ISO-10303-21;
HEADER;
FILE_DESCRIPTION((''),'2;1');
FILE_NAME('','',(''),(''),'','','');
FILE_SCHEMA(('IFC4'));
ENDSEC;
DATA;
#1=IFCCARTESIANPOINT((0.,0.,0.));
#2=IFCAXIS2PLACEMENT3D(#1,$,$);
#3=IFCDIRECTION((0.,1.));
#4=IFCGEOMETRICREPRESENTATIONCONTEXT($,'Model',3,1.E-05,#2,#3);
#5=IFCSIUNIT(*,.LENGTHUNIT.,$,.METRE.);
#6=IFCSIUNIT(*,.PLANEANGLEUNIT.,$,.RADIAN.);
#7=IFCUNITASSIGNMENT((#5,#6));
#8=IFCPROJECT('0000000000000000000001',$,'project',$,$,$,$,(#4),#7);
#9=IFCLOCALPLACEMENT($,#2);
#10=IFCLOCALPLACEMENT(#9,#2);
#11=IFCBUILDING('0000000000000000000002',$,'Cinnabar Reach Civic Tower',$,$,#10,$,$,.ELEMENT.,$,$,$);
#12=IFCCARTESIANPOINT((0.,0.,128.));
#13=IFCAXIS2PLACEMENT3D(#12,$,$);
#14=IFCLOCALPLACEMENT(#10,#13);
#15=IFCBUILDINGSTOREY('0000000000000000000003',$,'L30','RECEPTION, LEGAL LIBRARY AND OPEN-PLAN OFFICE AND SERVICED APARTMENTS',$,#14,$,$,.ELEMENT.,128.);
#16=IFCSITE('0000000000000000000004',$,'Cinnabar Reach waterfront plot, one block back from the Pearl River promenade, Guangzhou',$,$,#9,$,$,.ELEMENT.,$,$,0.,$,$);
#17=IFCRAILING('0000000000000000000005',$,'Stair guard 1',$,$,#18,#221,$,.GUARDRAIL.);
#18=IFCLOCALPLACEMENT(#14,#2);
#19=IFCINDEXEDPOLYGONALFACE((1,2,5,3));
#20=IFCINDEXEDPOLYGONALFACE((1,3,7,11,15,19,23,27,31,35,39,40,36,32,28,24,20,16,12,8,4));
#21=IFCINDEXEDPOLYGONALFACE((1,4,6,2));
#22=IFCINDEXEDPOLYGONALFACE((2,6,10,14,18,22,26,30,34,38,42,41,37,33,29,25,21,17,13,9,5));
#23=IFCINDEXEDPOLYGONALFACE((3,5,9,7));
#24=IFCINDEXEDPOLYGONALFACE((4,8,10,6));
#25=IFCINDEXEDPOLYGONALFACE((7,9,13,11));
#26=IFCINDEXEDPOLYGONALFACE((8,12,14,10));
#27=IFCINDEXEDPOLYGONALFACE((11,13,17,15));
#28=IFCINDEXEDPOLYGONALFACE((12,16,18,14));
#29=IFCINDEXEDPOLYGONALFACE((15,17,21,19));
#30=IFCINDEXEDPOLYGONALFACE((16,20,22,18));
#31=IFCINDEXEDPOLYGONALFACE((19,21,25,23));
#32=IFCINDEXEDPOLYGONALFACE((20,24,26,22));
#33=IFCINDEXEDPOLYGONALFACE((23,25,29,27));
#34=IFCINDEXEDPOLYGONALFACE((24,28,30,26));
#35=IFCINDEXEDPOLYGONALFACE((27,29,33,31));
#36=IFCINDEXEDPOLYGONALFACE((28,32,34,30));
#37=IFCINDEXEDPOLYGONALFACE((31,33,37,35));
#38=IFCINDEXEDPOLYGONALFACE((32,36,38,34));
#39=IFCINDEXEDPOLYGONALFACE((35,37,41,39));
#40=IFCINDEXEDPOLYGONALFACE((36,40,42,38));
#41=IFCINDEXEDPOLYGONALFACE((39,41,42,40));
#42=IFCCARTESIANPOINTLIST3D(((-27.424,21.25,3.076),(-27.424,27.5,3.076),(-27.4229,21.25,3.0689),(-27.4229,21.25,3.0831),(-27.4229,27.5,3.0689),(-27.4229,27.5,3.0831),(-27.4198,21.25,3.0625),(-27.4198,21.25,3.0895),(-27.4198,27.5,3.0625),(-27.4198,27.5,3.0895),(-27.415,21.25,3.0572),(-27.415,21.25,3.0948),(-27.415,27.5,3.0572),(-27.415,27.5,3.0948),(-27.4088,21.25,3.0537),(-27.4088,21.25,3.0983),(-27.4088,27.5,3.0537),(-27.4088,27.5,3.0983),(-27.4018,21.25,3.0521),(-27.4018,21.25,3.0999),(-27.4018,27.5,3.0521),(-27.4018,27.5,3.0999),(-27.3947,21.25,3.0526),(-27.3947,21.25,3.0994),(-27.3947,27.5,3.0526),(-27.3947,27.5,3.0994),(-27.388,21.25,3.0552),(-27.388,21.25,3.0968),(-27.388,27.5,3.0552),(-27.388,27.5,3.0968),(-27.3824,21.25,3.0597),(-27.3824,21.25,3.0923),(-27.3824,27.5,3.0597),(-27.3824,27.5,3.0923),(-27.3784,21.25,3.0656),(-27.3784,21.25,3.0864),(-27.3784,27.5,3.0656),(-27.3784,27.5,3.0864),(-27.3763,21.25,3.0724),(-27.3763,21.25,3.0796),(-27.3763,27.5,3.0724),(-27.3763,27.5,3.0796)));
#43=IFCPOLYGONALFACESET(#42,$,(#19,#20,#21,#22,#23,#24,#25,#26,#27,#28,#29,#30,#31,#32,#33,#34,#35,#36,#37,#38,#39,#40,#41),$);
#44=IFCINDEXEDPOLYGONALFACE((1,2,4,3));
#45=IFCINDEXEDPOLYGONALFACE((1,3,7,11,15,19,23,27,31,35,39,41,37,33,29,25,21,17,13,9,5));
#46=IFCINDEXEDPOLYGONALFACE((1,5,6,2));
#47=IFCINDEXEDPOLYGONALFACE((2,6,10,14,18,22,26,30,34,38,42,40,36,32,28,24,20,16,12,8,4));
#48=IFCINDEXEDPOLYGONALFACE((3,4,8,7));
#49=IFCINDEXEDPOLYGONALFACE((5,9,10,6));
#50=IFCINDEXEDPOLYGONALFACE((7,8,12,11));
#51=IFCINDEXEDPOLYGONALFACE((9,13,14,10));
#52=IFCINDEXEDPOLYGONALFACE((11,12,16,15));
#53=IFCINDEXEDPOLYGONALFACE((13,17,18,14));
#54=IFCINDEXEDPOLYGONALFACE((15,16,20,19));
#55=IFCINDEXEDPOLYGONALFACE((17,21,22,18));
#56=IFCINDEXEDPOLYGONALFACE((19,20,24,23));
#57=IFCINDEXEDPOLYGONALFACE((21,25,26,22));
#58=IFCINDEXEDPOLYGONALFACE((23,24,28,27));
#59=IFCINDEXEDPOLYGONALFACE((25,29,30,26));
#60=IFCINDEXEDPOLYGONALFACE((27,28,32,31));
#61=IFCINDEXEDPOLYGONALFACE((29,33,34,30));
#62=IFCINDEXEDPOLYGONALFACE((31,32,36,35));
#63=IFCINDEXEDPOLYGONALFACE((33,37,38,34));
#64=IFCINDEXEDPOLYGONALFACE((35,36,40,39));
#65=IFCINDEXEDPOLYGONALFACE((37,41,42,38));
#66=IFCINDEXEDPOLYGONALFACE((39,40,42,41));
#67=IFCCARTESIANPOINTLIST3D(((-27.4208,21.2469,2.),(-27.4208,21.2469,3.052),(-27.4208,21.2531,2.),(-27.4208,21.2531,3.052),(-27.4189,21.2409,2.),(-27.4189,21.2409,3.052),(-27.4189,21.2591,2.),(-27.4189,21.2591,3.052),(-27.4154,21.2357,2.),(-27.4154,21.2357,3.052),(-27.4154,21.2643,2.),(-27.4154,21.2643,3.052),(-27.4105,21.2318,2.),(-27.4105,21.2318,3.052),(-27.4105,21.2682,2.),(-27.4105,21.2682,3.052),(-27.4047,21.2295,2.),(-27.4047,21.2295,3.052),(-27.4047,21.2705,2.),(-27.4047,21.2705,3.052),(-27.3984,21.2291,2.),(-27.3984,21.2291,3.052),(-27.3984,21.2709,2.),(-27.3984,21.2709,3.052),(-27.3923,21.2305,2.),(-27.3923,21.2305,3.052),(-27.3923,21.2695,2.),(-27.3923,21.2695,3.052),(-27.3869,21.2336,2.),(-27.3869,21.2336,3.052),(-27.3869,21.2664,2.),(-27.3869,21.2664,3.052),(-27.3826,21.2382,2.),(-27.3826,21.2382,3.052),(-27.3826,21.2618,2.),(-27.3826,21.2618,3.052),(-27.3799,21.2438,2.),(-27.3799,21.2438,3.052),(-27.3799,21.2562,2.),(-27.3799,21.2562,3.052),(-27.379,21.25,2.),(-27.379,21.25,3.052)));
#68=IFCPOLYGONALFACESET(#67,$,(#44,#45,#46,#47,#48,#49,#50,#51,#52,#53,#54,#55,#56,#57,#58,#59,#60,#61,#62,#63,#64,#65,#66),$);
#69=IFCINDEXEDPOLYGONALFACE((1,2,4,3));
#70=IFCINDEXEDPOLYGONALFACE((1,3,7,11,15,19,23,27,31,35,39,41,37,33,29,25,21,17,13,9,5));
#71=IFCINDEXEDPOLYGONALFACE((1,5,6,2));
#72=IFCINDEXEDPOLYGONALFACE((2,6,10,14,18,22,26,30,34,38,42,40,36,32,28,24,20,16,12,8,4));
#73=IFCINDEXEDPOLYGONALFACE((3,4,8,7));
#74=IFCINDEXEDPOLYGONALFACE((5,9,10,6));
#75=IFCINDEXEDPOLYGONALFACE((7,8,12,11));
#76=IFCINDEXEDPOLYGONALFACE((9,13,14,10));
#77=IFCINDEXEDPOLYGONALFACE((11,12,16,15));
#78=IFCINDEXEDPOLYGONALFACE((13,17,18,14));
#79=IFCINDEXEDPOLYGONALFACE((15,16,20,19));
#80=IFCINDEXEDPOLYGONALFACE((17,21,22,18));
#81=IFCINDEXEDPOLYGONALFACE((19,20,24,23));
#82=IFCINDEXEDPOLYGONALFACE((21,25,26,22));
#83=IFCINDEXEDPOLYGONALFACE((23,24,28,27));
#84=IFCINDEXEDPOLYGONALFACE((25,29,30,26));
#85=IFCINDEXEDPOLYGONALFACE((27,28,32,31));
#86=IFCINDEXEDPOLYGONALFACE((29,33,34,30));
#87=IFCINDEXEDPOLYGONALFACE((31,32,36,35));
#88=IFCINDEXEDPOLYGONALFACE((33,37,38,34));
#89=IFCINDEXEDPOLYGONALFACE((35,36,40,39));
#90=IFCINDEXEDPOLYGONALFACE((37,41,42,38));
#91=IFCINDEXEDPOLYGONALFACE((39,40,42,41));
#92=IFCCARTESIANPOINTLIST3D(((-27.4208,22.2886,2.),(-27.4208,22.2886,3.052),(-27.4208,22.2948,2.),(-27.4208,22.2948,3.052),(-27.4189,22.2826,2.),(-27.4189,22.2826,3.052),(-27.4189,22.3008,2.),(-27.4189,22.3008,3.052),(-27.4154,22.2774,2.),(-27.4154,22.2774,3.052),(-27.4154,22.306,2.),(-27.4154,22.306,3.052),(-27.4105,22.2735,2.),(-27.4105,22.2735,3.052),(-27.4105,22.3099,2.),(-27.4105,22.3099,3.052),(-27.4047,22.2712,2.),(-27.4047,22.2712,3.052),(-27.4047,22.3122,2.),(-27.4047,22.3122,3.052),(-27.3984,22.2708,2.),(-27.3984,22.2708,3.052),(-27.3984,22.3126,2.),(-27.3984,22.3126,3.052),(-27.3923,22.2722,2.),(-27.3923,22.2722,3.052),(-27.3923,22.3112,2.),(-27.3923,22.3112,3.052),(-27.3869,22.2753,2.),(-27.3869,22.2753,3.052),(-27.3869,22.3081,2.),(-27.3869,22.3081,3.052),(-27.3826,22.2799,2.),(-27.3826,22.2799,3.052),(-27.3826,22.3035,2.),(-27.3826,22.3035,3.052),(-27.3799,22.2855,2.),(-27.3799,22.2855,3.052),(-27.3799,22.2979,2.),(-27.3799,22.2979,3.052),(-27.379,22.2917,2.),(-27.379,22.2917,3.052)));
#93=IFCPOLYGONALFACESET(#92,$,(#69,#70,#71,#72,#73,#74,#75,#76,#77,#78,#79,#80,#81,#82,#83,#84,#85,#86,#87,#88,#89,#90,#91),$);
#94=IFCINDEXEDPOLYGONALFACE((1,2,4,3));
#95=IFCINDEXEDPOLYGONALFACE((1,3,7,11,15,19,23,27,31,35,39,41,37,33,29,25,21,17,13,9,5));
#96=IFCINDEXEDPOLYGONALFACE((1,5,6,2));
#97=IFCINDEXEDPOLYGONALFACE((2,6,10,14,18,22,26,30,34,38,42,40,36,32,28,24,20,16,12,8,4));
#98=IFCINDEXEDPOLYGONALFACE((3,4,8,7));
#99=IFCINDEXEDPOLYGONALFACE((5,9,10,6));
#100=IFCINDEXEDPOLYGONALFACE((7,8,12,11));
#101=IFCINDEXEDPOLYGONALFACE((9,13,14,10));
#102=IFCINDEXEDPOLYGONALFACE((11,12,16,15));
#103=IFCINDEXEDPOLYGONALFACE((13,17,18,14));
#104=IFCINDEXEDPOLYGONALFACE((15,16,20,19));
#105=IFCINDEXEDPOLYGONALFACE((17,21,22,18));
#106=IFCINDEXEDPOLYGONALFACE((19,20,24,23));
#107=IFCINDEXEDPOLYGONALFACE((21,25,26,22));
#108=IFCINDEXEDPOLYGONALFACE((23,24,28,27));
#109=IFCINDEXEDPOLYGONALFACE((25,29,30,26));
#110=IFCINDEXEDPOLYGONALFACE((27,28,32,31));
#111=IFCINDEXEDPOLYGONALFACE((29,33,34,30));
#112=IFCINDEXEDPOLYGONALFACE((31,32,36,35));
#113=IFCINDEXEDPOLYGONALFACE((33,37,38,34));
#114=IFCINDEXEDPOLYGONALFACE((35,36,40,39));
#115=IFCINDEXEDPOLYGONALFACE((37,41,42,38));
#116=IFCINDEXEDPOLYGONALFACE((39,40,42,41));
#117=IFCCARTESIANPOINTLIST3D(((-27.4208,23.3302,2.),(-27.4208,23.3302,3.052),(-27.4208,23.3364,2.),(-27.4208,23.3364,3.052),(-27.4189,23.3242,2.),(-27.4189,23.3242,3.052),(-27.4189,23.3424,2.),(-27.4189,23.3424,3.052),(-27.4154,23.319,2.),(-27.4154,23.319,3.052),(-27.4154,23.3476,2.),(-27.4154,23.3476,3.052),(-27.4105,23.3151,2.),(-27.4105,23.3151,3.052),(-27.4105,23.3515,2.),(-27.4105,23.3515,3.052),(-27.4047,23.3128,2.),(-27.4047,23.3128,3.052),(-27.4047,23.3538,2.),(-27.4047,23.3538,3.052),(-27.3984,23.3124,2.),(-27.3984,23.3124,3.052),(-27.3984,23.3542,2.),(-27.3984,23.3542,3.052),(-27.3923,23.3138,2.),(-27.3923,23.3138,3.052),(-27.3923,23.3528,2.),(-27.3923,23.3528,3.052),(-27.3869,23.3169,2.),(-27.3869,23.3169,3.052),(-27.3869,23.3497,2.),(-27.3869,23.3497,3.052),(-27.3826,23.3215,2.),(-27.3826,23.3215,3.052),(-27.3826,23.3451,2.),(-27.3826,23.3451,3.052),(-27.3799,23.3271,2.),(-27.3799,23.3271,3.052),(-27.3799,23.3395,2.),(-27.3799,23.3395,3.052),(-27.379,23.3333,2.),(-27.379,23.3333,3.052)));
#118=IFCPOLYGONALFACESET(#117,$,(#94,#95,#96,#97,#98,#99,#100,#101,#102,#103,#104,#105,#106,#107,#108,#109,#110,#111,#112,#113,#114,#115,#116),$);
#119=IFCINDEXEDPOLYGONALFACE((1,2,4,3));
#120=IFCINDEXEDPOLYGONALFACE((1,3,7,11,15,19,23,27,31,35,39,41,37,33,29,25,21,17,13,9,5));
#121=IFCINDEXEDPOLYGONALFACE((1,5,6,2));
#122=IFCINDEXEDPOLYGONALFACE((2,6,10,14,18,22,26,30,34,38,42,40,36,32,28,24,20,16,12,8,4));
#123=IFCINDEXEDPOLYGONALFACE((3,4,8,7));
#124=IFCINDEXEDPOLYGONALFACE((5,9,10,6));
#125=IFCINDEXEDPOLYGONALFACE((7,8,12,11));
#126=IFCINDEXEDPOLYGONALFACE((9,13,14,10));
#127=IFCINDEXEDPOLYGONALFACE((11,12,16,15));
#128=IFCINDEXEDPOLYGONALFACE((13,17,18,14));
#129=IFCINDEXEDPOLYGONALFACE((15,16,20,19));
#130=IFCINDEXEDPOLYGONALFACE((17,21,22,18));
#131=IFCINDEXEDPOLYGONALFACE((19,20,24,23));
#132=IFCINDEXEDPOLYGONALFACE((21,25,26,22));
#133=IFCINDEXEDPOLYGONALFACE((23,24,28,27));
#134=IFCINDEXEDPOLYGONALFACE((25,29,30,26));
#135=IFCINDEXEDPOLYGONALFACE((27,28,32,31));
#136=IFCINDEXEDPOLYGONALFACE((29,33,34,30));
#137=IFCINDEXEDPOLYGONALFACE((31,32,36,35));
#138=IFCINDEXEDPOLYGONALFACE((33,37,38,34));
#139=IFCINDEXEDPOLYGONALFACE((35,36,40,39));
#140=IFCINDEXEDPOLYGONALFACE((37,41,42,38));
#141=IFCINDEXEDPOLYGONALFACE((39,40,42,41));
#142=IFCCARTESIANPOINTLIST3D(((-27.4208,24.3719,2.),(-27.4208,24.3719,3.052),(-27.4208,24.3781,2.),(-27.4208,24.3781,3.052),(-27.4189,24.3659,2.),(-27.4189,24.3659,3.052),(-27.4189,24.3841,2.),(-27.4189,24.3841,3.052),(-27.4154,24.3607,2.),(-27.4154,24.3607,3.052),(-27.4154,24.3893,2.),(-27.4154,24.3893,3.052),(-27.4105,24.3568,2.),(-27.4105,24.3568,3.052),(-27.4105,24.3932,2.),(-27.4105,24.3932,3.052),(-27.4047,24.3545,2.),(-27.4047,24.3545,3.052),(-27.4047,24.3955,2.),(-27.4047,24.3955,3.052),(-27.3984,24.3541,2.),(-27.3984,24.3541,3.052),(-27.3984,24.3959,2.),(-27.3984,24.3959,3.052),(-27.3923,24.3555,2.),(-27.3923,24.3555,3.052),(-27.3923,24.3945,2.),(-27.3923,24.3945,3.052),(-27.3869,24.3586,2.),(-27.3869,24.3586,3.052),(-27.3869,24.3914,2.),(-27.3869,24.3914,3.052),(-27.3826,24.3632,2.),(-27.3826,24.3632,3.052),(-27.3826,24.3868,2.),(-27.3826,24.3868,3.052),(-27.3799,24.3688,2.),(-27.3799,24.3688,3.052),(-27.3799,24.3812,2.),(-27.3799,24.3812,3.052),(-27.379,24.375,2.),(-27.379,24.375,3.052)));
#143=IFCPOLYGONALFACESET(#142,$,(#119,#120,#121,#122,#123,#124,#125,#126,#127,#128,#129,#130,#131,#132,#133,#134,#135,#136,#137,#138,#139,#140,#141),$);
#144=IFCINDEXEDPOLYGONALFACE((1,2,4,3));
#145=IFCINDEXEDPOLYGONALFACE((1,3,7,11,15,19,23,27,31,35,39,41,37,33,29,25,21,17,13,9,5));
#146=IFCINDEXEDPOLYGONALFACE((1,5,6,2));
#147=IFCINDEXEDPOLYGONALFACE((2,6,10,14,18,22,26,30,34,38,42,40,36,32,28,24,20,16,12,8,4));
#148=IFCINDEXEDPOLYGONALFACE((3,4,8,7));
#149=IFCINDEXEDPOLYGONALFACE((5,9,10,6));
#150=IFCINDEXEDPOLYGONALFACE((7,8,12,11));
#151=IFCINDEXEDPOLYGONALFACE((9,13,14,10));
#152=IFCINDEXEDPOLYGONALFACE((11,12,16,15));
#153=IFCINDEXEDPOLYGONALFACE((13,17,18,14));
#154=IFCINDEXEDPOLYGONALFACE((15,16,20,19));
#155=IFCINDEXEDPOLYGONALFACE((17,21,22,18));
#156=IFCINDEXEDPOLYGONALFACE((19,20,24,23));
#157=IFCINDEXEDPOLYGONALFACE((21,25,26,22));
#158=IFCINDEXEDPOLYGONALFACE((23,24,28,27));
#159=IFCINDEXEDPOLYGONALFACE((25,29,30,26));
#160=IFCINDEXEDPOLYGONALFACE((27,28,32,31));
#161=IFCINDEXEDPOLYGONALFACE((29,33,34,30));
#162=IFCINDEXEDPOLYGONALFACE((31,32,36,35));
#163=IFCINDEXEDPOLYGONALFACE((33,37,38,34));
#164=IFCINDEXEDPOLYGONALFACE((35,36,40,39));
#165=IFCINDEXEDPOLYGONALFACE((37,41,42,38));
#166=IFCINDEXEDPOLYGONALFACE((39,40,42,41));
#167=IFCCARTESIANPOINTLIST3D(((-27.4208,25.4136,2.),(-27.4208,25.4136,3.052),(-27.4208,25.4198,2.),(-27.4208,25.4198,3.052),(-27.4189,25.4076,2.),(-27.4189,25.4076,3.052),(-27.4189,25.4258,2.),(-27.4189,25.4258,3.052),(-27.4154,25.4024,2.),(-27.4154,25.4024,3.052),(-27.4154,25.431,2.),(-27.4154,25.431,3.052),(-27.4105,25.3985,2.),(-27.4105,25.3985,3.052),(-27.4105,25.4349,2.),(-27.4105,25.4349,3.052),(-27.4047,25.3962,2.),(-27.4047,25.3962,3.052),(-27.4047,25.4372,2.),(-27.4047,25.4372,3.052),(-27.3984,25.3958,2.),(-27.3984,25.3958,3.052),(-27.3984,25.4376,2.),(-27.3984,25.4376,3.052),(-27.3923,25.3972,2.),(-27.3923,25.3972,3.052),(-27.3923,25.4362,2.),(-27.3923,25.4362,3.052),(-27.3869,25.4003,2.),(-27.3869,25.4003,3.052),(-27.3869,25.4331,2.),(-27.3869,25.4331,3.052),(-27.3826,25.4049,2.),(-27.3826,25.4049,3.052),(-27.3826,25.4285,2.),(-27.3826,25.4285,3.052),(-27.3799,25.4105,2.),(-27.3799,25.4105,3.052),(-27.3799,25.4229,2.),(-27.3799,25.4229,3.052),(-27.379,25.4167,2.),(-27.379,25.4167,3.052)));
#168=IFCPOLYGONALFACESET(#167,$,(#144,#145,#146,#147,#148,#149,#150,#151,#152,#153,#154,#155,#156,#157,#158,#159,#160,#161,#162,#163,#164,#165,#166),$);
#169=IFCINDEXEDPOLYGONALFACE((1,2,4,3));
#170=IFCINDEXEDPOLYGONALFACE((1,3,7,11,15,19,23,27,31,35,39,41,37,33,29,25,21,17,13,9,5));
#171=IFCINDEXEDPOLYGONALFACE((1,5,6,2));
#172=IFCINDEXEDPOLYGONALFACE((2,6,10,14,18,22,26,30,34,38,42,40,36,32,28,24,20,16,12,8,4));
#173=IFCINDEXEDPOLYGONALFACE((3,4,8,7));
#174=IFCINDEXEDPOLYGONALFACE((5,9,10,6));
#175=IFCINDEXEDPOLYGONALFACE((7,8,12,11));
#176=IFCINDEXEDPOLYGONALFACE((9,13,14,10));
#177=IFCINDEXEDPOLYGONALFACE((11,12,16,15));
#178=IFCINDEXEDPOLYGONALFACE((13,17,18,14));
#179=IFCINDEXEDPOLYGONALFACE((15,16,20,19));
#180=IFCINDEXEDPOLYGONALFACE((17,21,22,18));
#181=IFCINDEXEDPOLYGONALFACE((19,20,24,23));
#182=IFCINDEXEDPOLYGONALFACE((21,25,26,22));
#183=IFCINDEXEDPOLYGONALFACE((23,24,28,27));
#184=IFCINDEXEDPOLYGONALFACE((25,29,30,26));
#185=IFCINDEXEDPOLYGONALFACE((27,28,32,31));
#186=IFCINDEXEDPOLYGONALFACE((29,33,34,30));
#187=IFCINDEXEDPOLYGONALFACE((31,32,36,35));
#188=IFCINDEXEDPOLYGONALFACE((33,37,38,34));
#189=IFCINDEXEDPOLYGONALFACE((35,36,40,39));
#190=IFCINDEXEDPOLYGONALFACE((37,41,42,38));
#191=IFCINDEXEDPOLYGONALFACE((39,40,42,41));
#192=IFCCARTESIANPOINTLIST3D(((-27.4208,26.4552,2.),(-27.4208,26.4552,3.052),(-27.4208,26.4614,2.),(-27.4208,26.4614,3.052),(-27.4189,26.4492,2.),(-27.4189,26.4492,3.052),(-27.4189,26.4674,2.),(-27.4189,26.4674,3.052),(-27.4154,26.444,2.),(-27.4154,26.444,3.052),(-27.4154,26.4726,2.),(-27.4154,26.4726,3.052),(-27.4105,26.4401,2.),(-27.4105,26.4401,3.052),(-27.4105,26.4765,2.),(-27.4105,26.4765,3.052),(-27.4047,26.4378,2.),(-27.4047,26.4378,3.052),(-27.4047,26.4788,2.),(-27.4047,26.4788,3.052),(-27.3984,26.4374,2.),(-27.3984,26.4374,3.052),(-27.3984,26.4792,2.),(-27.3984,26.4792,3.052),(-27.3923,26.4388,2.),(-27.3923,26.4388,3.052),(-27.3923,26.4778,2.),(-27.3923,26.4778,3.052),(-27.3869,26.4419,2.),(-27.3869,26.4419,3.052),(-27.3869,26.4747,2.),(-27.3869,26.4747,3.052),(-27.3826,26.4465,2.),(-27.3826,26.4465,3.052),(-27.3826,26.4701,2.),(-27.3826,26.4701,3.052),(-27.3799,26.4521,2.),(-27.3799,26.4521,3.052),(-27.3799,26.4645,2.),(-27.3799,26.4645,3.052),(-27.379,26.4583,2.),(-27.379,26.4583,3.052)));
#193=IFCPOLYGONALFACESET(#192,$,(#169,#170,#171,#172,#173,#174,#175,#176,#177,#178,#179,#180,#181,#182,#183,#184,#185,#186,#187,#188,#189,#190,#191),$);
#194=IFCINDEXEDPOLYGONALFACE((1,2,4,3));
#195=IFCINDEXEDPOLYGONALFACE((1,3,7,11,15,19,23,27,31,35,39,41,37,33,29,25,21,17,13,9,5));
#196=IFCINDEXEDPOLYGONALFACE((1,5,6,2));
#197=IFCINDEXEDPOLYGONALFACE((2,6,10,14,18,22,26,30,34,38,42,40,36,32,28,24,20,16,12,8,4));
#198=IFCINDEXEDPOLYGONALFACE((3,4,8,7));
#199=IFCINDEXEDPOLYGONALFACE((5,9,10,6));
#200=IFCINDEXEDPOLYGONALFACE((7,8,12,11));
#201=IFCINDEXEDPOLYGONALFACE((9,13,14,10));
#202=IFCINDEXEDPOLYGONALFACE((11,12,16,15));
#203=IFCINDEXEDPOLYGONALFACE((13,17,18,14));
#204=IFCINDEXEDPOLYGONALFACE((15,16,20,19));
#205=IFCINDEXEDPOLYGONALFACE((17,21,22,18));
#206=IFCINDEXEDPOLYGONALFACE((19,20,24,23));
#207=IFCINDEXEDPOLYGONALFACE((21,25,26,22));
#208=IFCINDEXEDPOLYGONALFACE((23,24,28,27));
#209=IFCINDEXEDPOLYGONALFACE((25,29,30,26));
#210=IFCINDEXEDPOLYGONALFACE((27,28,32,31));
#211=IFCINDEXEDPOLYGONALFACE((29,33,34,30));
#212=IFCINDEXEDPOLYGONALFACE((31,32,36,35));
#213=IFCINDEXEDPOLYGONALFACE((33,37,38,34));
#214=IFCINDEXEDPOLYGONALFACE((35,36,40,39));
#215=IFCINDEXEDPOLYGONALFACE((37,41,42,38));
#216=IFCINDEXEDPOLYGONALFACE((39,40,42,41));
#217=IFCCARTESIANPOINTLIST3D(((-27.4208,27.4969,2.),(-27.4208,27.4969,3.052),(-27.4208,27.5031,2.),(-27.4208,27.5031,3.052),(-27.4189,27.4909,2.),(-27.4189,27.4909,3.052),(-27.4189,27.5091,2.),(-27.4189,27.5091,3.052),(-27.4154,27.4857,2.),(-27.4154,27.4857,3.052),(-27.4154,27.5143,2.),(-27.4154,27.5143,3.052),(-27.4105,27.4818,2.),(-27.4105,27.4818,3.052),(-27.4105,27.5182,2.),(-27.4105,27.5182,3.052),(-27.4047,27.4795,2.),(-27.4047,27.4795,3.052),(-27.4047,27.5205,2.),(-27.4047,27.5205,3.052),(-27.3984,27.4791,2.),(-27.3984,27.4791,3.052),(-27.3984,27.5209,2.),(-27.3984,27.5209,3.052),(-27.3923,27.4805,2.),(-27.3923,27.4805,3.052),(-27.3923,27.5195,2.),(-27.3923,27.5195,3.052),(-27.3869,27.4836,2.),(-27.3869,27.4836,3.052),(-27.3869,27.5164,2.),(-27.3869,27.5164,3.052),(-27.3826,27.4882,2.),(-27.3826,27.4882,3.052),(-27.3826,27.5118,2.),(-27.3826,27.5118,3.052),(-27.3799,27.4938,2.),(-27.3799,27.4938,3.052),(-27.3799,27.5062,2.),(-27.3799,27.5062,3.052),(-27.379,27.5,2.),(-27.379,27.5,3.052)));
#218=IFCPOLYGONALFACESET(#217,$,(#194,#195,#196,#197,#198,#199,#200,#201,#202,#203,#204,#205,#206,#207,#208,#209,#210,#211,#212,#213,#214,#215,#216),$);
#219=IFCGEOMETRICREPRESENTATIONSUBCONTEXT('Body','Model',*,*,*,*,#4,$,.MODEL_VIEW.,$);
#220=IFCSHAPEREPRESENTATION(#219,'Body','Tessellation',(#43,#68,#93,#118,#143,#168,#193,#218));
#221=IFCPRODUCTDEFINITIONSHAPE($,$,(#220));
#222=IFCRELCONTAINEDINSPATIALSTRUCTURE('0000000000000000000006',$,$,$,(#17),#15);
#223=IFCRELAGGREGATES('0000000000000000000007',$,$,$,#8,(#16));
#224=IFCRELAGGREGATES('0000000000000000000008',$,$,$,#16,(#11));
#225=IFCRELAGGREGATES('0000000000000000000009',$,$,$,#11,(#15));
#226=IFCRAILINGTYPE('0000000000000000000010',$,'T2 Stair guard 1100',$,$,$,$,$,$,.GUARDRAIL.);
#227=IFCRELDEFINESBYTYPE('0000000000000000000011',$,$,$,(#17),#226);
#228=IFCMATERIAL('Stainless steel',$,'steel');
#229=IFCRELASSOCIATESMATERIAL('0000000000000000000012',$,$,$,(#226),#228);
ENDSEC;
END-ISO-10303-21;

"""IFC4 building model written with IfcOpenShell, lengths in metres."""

from ifc_helpers import new_model, si_unit, direction, frame, origin, origin_2d, place, context, subcontext, project, spatial, circle, extrude, material, type_object, element, save


model = new_model("IFC4")

# Units and contexts
model_context = context("Model", 3, precision=1e-05, world=origin(), true_north=direction((0.0, 1.0)))
body_context = subcontext(model_context, "Body", "Model", "MODEL_VIEW")
ifc_project = project(units=[si_unit("LENGTHUNIT", "METRE"), si_unit("PLANEANGLEUNIT", "RADIAN")], contexts=[model_context])

# Site, building, storey
site_placement = place(None, origin())
site = spatial("IfcSite", under=ifc_project, at=site_placement, Name="Cinnabar Reach waterfront plot, one block back from the Pearl River promenade, Guangzhou", CompositionType="ELEMENT", RefElevation=0.0)
building_placement = place(site_placement, origin())
building = spatial("IfcBuilding", under=site, at=building_placement, Name="Cinnabar Reach Civic Tower", CompositionType="ELEMENT")
storey_placement = place(building_placement, frame((0.0, 0.0, 128.0)))
storey = spatial("IfcBuildingStorey", under=building, at=storey_placement, Name="L30", Description="RECEPTION, LEGAL LIBRARY AND OPEN-PLAN OFFICE AND SERVICED APARTMENTS", CompositionType="ELEMENT", Elevation=128.0)

# Railing
ifc_material_1 = material(Name="Stainless steel", Category="steel")
railing_type_1 = type_object("IfcRailingType", Name="T2 Stair guard 1100", PredefinedType="GUARDRAIL", material=ifc_material_1)
railing_1_placement = place(storey_placement, frame((-27.4, 21.25, 2.0)))
element("IfcRailing", 1, at=railing_1_placement, inside=storey, type_object=railing_type_1, Name="Stair guard 1", PredefinedType="GUARDRAIL", context=body_context, shape_type="SweptSolid", body=[
    extrude(circle(Radius=0.024, at=origin_2d()), frame((0.0, 0.0, 1.076), z_axis=(0.0, 1.0, 0.0), x_axis=(-1.0, 0.0, 0.0)), (0.0, 0.0, 1.0), 6.25),
    extrude(circle(Radius=0.021, at=origin_2d()), origin(), (0.0, 0.0, 1.0), 1.052),
    extrude(circle(Radius=0.021, at=origin_2d()), frame((0.0, 1.0417, 0.0)), (0.0, 0.0, 1.0), 1.052),
    extrude(circle(Radius=0.021, at=origin_2d()), frame((0.0, 2.0833, 0.0)), (0.0, 0.0, 1.0), 1.052),
    extrude(circle(Radius=0.021, at=origin_2d()), frame((0.0, 3.125, 0.0)), (0.0, 0.0, 1.0), 1.052),
    extrude(circle(Radius=0.021, at=origin_2d()), frame((0.0, 4.1667, 0.0)), (0.0, 0.0, 1.0), 1.052),
    extrude(circle(Radius=0.021, at=origin_2d()), frame((0.0, 5.2083, 0.0)), (0.0, 0.0, 1.0), 1.052),
    extrude(circle(Radius=0.021, at=origin_2d()), frame((0.0, 6.25, 0.0)), (0.0, 0.0, 1.0), 1.052),
])

save(model, "model.ifc")
